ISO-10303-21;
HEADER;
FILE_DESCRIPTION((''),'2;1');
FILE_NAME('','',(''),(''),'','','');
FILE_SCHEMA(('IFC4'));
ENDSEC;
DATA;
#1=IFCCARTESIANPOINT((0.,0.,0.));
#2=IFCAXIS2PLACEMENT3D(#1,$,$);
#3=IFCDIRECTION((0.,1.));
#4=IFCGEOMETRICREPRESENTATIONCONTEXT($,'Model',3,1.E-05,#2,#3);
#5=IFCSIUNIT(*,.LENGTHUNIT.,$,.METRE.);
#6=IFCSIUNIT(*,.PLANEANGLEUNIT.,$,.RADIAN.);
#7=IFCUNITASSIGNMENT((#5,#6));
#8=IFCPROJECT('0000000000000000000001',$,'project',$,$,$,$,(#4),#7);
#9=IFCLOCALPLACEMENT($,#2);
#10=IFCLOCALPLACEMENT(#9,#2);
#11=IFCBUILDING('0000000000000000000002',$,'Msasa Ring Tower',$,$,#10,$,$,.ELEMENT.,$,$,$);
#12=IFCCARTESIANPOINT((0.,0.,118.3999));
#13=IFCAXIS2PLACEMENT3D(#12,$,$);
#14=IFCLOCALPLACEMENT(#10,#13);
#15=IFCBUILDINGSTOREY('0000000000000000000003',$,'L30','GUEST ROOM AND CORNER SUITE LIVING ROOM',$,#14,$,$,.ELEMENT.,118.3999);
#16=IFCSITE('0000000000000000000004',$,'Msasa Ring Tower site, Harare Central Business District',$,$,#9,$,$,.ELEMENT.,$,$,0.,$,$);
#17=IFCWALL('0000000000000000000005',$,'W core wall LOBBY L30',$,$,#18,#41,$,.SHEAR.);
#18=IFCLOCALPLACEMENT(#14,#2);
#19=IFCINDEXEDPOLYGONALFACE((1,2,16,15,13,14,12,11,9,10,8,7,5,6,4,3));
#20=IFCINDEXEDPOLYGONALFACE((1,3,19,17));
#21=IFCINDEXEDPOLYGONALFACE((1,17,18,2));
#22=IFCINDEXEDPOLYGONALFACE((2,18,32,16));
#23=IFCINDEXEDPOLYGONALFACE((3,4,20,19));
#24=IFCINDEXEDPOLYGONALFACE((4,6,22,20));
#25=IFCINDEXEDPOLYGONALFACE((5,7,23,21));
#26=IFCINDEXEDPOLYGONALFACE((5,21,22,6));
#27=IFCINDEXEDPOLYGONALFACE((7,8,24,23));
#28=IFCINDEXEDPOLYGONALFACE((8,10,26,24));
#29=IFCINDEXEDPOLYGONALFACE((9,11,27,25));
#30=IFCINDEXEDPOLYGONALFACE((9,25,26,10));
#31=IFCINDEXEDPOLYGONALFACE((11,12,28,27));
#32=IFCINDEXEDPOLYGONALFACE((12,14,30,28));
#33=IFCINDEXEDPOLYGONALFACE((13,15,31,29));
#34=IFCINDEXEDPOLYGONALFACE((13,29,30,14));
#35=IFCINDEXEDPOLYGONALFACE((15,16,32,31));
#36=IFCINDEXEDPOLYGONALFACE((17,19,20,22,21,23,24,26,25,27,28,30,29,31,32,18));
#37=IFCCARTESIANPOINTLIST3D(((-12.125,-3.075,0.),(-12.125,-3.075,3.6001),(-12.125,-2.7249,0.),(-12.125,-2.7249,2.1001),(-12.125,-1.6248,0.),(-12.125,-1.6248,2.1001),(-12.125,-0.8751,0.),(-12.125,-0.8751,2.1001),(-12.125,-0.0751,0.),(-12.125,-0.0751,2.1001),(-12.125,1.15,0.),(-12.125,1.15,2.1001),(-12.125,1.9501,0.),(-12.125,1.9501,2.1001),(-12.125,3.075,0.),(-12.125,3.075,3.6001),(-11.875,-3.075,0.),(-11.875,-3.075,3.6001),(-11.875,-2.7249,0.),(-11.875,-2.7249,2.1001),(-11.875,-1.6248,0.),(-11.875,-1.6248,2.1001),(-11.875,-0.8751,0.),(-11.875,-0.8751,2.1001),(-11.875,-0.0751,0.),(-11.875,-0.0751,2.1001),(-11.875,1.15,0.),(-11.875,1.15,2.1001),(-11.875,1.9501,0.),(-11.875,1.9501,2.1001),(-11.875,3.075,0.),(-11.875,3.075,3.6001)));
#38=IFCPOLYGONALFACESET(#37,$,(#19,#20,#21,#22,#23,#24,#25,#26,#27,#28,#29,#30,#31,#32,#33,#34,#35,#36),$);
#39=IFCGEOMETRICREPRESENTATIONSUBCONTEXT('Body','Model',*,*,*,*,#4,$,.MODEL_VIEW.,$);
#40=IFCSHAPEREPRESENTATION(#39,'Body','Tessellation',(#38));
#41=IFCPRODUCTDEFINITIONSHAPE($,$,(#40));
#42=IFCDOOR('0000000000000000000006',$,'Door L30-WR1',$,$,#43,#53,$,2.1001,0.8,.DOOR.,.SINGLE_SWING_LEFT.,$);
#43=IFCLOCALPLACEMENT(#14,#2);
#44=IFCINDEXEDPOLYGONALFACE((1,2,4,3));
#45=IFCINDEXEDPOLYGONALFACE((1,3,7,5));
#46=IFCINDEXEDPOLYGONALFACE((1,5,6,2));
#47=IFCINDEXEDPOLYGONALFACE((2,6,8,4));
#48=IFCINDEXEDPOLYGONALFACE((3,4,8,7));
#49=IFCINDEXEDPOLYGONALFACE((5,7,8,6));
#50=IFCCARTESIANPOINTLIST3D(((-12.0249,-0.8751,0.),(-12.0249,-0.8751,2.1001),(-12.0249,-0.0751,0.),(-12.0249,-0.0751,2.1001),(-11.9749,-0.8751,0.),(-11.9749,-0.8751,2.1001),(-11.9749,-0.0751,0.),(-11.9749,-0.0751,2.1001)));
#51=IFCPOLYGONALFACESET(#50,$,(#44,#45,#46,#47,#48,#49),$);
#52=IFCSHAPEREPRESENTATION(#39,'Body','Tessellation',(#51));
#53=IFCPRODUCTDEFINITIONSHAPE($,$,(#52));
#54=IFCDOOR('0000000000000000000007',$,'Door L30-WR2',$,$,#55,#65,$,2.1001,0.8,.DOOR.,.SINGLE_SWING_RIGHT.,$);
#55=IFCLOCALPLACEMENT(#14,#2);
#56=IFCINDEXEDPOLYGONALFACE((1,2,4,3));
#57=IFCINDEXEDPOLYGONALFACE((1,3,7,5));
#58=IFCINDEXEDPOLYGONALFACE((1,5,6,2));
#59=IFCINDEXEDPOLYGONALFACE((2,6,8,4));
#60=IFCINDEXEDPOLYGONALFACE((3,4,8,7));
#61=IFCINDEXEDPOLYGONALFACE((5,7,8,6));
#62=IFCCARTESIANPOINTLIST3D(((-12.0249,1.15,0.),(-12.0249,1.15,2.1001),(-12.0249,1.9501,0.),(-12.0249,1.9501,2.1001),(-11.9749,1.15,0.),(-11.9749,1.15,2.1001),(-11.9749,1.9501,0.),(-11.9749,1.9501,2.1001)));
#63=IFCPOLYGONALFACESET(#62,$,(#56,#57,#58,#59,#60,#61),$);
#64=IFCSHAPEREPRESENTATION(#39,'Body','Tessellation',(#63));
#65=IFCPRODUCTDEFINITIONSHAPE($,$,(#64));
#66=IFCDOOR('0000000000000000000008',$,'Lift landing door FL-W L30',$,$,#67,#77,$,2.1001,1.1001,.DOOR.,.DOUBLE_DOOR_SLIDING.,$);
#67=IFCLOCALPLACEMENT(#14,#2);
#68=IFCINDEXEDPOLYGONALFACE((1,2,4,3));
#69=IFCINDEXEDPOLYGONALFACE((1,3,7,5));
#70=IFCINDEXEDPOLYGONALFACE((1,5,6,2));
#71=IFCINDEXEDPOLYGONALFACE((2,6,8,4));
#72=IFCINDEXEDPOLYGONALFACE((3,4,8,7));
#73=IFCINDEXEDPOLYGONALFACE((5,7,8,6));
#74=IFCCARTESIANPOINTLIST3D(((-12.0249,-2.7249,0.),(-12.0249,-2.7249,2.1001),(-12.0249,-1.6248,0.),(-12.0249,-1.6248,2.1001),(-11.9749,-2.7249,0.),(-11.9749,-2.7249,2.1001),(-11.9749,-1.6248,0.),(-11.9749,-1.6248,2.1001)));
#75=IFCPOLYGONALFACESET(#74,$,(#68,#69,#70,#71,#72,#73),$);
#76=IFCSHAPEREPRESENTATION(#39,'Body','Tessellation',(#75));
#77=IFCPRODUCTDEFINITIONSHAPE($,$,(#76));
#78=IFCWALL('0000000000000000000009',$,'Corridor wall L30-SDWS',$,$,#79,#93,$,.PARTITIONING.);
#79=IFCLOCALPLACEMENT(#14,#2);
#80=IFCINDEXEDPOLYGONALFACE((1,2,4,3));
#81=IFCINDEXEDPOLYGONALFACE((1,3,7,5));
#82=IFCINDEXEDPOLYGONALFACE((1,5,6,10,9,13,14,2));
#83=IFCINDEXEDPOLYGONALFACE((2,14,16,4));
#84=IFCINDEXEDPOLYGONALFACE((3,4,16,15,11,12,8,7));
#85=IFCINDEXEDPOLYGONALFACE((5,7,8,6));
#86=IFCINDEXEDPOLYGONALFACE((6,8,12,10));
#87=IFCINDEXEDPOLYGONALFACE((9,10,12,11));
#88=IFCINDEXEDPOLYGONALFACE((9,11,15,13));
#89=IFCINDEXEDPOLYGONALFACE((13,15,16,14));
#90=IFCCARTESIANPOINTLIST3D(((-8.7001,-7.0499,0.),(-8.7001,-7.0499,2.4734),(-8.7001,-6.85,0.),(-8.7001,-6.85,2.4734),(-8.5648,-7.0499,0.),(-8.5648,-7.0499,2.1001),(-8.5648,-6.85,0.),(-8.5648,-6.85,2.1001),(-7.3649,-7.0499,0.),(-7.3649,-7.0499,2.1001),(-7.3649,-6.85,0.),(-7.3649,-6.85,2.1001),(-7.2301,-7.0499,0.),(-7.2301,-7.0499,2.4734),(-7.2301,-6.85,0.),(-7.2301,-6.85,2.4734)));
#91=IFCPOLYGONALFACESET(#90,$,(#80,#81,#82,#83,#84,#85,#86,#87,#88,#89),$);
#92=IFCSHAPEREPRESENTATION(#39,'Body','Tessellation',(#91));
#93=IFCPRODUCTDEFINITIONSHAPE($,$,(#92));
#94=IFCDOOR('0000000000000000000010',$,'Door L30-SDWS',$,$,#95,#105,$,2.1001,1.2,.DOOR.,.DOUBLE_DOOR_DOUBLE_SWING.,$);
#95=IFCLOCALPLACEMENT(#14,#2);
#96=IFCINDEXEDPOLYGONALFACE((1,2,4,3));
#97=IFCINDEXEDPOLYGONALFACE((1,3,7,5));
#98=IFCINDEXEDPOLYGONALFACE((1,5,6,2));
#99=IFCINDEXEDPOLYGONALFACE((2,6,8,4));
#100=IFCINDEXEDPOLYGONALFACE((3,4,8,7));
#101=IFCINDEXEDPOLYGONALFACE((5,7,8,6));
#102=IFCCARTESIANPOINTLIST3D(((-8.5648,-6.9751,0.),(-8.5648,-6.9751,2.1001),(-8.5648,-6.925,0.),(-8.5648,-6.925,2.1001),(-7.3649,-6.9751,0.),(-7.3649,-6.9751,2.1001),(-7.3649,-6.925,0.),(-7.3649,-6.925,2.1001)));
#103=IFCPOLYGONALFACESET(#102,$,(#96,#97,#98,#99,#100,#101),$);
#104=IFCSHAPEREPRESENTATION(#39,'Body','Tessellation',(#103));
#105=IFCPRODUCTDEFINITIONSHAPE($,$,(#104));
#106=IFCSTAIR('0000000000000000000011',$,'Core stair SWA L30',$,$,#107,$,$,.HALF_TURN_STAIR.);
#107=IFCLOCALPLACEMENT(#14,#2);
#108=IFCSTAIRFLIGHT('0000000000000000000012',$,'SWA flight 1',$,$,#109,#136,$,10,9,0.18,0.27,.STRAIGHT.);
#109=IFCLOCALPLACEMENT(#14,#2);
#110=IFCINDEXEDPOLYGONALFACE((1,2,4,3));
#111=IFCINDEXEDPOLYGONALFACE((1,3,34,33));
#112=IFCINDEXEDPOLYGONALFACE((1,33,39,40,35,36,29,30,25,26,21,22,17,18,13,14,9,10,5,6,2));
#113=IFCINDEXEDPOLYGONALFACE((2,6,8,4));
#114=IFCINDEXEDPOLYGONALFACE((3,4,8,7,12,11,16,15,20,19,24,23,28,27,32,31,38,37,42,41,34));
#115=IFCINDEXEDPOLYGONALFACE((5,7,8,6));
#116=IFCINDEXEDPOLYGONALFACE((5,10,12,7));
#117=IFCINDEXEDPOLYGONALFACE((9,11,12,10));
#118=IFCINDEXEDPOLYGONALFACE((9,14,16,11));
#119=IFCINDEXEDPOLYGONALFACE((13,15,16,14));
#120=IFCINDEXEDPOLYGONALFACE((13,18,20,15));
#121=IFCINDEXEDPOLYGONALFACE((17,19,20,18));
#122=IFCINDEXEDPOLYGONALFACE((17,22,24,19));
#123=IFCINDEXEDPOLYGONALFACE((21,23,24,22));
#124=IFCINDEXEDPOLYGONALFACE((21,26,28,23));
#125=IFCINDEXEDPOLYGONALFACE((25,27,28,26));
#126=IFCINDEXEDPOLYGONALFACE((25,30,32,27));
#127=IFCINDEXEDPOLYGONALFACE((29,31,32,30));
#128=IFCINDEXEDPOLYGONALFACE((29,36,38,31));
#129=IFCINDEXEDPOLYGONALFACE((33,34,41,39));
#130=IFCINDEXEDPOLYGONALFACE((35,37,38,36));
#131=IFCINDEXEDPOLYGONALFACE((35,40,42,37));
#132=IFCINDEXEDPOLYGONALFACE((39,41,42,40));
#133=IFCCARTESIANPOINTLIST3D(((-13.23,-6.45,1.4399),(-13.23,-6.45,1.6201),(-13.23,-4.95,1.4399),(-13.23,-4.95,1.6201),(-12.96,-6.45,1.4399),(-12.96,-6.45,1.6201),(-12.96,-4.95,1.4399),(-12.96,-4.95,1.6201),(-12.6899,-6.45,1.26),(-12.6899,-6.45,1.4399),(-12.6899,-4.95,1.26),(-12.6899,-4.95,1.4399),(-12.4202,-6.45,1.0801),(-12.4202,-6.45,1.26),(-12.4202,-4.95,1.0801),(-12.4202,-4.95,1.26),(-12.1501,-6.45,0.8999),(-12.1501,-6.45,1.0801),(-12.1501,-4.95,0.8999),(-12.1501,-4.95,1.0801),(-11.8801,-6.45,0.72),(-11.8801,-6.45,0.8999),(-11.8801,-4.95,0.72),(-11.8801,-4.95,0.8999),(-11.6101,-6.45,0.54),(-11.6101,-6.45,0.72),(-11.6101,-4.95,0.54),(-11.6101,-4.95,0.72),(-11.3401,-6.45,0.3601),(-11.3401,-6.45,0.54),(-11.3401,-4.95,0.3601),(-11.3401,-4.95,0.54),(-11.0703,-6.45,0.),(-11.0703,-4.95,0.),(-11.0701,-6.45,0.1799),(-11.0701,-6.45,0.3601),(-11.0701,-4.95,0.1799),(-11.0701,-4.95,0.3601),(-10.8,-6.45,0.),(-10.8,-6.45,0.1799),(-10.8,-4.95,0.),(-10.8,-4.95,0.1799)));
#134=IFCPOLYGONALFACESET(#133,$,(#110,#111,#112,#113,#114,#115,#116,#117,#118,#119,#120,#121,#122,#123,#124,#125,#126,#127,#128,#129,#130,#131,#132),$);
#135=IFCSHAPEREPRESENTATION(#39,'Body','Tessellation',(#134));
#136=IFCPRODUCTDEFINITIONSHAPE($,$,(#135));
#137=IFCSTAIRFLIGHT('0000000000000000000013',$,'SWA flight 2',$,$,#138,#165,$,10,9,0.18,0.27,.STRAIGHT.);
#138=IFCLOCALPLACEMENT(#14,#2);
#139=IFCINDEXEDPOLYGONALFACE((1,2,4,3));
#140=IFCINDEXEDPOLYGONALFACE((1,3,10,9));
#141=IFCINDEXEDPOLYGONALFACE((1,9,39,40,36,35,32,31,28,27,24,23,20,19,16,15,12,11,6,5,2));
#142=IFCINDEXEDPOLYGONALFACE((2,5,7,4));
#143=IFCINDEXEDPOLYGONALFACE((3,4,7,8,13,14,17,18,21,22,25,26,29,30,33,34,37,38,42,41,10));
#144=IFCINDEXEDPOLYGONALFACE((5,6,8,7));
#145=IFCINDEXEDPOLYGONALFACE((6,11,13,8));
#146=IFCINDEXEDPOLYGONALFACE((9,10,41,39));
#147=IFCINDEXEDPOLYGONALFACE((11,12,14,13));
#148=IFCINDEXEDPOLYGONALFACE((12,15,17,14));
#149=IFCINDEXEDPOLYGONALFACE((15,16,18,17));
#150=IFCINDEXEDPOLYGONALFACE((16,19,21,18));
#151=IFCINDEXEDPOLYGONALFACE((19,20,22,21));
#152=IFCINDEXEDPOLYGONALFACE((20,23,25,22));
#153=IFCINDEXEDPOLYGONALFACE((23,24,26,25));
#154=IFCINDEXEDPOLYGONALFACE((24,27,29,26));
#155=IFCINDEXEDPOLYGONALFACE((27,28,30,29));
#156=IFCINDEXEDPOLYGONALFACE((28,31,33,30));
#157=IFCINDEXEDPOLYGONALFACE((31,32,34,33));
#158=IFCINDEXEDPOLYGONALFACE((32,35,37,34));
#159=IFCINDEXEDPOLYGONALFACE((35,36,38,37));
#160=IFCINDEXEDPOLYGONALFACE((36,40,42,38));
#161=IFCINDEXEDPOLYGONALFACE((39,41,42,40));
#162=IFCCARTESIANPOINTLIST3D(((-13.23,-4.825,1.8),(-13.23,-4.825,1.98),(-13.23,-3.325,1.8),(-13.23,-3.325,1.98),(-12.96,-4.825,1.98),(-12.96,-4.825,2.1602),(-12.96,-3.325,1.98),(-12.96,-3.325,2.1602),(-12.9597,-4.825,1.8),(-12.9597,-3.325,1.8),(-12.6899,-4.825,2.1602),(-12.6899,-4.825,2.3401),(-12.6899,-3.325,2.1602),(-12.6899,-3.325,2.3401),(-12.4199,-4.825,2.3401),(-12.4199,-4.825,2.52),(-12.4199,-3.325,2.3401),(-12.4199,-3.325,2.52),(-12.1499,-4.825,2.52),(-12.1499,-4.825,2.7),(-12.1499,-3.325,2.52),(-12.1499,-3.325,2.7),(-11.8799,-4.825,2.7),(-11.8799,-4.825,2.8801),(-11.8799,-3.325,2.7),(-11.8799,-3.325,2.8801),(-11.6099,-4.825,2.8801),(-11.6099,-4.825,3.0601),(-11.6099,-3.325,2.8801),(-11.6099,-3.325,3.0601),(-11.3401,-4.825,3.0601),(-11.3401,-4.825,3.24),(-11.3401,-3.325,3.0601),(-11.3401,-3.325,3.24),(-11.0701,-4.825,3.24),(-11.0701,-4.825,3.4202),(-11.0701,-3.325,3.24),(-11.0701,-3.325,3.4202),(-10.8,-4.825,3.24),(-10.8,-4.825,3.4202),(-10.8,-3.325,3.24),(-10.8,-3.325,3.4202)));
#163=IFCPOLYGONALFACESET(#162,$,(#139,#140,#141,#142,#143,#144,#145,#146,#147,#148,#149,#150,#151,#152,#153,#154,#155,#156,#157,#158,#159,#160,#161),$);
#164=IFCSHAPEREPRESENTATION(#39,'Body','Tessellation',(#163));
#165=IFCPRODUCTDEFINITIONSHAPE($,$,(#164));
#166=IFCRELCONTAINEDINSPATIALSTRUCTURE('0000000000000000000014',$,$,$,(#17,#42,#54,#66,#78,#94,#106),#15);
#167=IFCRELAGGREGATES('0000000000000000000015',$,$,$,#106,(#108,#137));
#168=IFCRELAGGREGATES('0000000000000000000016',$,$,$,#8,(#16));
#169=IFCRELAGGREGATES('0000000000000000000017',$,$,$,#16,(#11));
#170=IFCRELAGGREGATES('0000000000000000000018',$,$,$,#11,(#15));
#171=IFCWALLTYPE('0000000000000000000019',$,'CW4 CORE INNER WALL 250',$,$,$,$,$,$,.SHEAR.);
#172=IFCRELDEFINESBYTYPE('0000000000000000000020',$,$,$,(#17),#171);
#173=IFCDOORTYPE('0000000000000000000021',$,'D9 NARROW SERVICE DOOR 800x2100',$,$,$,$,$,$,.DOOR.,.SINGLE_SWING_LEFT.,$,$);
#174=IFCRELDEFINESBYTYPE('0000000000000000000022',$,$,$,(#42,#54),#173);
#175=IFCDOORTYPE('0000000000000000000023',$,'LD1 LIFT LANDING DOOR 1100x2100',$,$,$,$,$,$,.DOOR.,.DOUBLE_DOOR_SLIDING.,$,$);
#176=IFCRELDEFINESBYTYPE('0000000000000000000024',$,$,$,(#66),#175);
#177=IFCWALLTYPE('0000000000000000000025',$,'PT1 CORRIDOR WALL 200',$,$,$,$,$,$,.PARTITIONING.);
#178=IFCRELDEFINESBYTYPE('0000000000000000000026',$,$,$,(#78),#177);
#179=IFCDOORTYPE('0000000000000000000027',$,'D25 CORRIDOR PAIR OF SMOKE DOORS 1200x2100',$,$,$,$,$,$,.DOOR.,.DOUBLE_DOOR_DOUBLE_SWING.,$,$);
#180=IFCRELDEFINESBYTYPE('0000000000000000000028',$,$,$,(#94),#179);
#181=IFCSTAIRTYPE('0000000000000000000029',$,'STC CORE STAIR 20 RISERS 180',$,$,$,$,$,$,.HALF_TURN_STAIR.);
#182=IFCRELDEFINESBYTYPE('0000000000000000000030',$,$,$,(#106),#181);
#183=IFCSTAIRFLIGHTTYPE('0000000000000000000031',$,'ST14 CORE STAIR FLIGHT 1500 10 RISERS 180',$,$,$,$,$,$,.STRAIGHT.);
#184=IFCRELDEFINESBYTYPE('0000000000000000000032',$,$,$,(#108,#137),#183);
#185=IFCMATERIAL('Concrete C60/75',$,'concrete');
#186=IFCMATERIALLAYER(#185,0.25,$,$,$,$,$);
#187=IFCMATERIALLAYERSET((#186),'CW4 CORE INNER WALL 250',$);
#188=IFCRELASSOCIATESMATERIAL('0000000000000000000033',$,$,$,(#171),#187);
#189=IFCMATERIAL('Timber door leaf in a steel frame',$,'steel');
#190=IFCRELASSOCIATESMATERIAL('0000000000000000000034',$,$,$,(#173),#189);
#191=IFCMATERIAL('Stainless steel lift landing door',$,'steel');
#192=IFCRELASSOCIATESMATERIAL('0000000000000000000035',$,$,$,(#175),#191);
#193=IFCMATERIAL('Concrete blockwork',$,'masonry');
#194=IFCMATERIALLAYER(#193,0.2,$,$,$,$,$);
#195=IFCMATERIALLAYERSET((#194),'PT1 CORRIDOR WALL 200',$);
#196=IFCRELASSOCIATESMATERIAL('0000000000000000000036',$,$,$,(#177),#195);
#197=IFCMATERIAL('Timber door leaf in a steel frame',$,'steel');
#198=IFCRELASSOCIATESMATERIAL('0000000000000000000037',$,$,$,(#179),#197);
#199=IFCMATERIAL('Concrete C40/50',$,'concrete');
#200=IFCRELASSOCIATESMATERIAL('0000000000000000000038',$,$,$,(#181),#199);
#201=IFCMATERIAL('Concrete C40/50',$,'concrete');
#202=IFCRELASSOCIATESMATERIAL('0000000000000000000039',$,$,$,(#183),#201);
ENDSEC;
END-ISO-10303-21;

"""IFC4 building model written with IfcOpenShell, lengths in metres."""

from ifc_helpers import new_model, si_unit, direction, frame, frame_2d, origin, place, context, subcontext, project, spatial, polyline, rectangle, outline, extrude, material, layer, layer_set, type_object, element, fill, aggregate, save


model = new_model("IFC4")

# Units and contexts
model_context = context("Model", 3, precision=1e-05, world=origin(), true_north=direction((0.0, 1.0)))
body_context = subcontext(model_context, "Body", "Model", "MODEL_VIEW")
ifc_project = project(units=[si_unit("LENGTHUNIT", "METRE"), si_unit("PLANEANGLEUNIT", "RADIAN")], contexts=[model_context])

# Site, building, storey
site_placement = place(None, origin())
site = spatial("IfcSite", under=ifc_project, at=site_placement, Name="Msasa Ring Tower site, Harare Central Business District", CompositionType="ELEMENT", RefElevation=0.0)
building_placement = place(site_placement, origin())
building = spatial("IfcBuilding", under=site, at=building_placement, Name="Msasa Ring Tower", CompositionType="ELEMENT")
storey_placement = place(building_placement, frame((0.0, 0.0, 118.3999)))
storey = spatial("IfcBuildingStorey", under=building, at=storey_placement, Name="L30", Description="GUEST ROOM AND CORNER SUITE LIVING ROOM", CompositionType="ELEMENT", Elevation=118.3999)

# Shared definitions
ifc_material_1 = material(Name="Concrete C60/75", Category="concrete")
ifc_layer_1 = layer(ifc_material_1, 0.25)
ifc_layer_set_1 = layer_set([ifc_layer_1], Name="CW4 CORE INNER WALL 250")
wall_type_1 = type_object("IfcWallType", Name="CW4 CORE INNER WALL 250", PredefinedType="SHEAR", material=ifc_layer_set_1)

# Wall, openings, doors
wall_1_placement = place(storey_placement, frame((-12.0, -3.075, 0.0), z_axis=(0.0, 0.0, 1.0), x_axis=(0.0, 1.0, 0.0)))
wall_1 = element("IfcWall", 1, at=wall_1_placement, inside=storey, type_object=wall_type_1, Name="W core wall LOBBY L30", PredefinedType="SHEAR", context=body_context, shape_type="SweptSolid", body=[
    extrude(rectangle(XDim=6.1499, YDim=0.25, at=frame_2d((3.075, 0.0))), origin(), (0.0, 0.0, 1.0), 3.6001),
])
opening_1_placement = place(wall_1_placement, frame((2.2, 0.0, 0.0)))
opening_1 = element("IfcOpeningElement", 2, at=opening_1_placement, cuts=wall_1, PredefinedType="OPENING", context=body_context, shape_type="SweptSolid", body=[
    extrude(rectangle(XDim=0.8, YDim=2.1001, at=frame_2d((0.3999, 1.05))), frame((0.0, 0.135, 0.0), z_axis=(0.0, -1.0, 0.0), x_axis=(1.0, 0.0, 0.0)), (0.0, 0.0, 1.0), 0.27),
])
opening_2_placement = place(wall_1_placement, frame((4.2251, 0.0, 0.0)))
opening_2 = element("IfcOpeningElement", 3, at=opening_2_placement, cuts=wall_1, PredefinedType="OPENING", context=body_context, shape_type="SweptSolid", body=[
    extrude(rectangle(XDim=0.8, YDim=2.1001, at=frame_2d((0.3999, 1.05))), frame((0.0, 0.135, 0.0), z_axis=(0.0, -1.0, 0.0), x_axis=(1.0, 0.0, 0.0)), (0.0, 0.0, 1.0), 0.27),
])
opening_3_placement = place(wall_1_placement, frame((0.3501, 0.0, 0.0)))
opening_3 = element("IfcOpeningElement", 4, at=opening_3_placement, cuts=wall_1, PredefinedType="OPENING", context=body_context, shape_type="SweptSolid", body=[
    extrude(rectangle(XDim=1.1001, YDim=2.1001, at=frame_2d((0.55, 1.05))), frame((0.0, 0.135, 0.0), z_axis=(0.0, -1.0, 0.0), x_axis=(1.0, 0.0, 0.0)), (0.0, 0.0, 1.0), 0.27),
])
ifc_material_2 = material(Name="Timber door leaf in a steel frame", Category="steel")
door_type_1 = type_object("IfcDoorType", Name="D9 NARROW SERVICE DOOR 800x2100", OperationType="SINGLE_SWING_LEFT", PredefinedType="DOOR", material=ifc_material_2)
door_1_placement = place(opening_1_placement, origin())
door_1 = element("IfcDoor", 5, at=door_1_placement, inside=storey, type_object=door_type_1, Name="Door L30-WR1", OperationType="SINGLE_SWING_LEFT", OverallHeight=2.1001, OverallWidth=0.8, PredefinedType="DOOR", context=body_context, shape_type="SweptSolid", body=[
    extrude(rectangle(XDim=0.8, YDim=2.1001, at=frame_2d((0.3999, 1.05))), frame((0.0, 0.0249, 0.0), z_axis=(0.0, -1.0, 0.0), x_axis=(1.0, 0.0, 0.0)), (0.0, 0.0, 1.0), 0.05),
])
fill(opening_1, door_1)
door_2_placement = place(opening_2_placement, origin())
door_2 = element("IfcDoor", 6, at=door_2_placement, inside=storey, type_object=door_type_1, Name="Door L30-WR2", OperationType="SINGLE_SWING_RIGHT", OverallHeight=2.1001, OverallWidth=0.8, PredefinedType="DOOR", context=body_context, shape_type="SweptSolid", body=[
    extrude(rectangle(XDim=0.8, YDim=2.1001, at=frame_2d((0.3999, 1.05))), frame((0.0, 0.0249, 0.0), z_axis=(0.0, -1.0, 0.0), x_axis=(1.0, 0.0, 0.0)), (0.0, 0.0, 1.0), 0.05),
])
fill(opening_2, door_2)
ifc_material_3 = material(Name="Stainless steel lift landing door", Category="steel")
door_type_2 = type_object("IfcDoorType", Name="LD1 LIFT LANDING DOOR 1100x2100", OperationType="DOUBLE_DOOR_SLIDING", PredefinedType="DOOR", material=ifc_material_3)
door_3_placement = place(opening_3_placement, origin())
door_3 = element("IfcDoor", 7, at=door_3_placement, inside=storey, type_object=door_type_2, Name="Lift landing door FL-W L30", OperationType="DOUBLE_DOOR_SLIDING", OverallHeight=2.1001, OverallWidth=1.1001, PredefinedType="DOOR", context=body_context, shape_type="SweptSolid", body=[
    extrude(rectangle(XDim=1.1001, YDim=2.1001, at=frame_2d((0.55, 1.05))), frame((0.0, 0.0249, 0.0), z_axis=(0.0, -1.0, 0.0), x_axis=(1.0, 0.0, 0.0)), (0.0, 0.0, 1.0), 0.05),
])
fill(opening_3, door_3)

# Wall, opening, door
ifc_material_4 = material(Name="Concrete blockwork", Category="masonry")
ifc_layer_2 = layer(ifc_material_4, 0.2)
ifc_layer_set_2 = layer_set([ifc_layer_2], Name="PT1 CORRIDOR WALL 200")
wall_type_2 = type_object("IfcWallType", Name="PT1 CORRIDOR WALL 200", PredefinedType="PARTITIONING", material=ifc_layer_set_2)
wall_2_placement = place(storey_placement, frame((-8.7, -6.95, 0.0), z_axis=(0.0, 0.0, 1.0), x_axis=(1.0, 0.0, 0.0)))
wall_2 = element("IfcWall", 8, at=wall_2_placement, inside=storey, type_object=wall_type_2, Name="Corridor wall L30-SDWS", PredefinedType="PARTITIONING", context=body_context, shape_type="SweptSolid", body=[
    extrude(rectangle(XDim=1.47, YDim=0.2, at=frame_2d((0.7349, 0.0))), origin(), (0.0, 0.0, 1.0), 2.4734),
])
opening_4_placement = place(wall_2_placement, frame((0.135, 0.0, 0.0)))
opening_4 = element("IfcOpeningElement", 9, at=opening_4_placement, cuts=wall_2, PredefinedType="OPENING", context=body_context, shape_type="SweptSolid", body=[
    extrude(rectangle(XDim=1.2, YDim=2.1001, at=frame_2d((0.6001, 1.05))), frame((0.0, 0.1099, 0.0), z_axis=(0.0, -1.0, 0.0), x_axis=(1.0, 0.0, 0.0)), (0.0, 0.0, 1.0), 0.22),
])
ifc_material_5 = material(Name="Timber door leaf in a steel frame", Category="steel")
door_type_3 = type_object("IfcDoorType", Name="D25 CORRIDOR PAIR OF SMOKE DOORS 1200x2100", OperationType="DOUBLE_DOOR_DOUBLE_SWING", PredefinedType="DOOR", material=ifc_material_5)
door_4_placement = place(opening_4_placement, origin())
door_4 = element("IfcDoor", 10, at=door_4_placement, inside=storey, type_object=door_type_3, Name="Door L30-SDWS", OperationType="DOUBLE_DOOR_DOUBLE_SWING", OverallHeight=2.1001, OverallWidth=1.2, PredefinedType="DOOR", context=body_context, shape_type="SweptSolid", body=[
    extrude(rectangle(XDim=1.2, YDim=2.1001, at=frame_2d((0.6001, 1.05))), frame((0.0, 0.0249, 0.0), z_axis=(0.0, -1.0, 0.0), x_axis=(1.0, 0.0, 0.0)), (0.0, 0.0, 1.0), 0.05),
])
fill(opening_4, door_4)

# Stair, stair flights
ifc_material_6 = material(Name="Concrete C40/50", Category="concrete")
stair_type = type_object("IfcStairType", Name="STC CORE STAIR 20 RISERS 180", PredefinedType="HALF_TURN_STAIR", material=ifc_material_6)
stair_placement = place(storey_placement, origin())
stair = element("IfcStair", 11, at=stair_placement, inside=storey, type_object=stair_type, Name="Core stair SWA L30", PredefinedType="HALF_TURN_STAIR")
ifc_material_7 = material(Name="Concrete C40/50", Category="concrete")
stair_flight_type = type_object("IfcStairFlightType", Name="ST14 CORE STAIR FLIGHT 1500 10 RISERS 180", PredefinedType="STRAIGHT", material=ifc_material_7)
stair_flight_1_placement = place(storey_placement, frame((-10.8, -5.7, 0.0), z_axis=(0.0, 0.0, 1.0), x_axis=(-1.0, 0.0, 0.0)))
stair_flight_1 = element("IfcStairFlight", 12, at=stair_flight_1_placement, type_object=stair_flight_type, Name="SWA flight 1", NumberOfRisers=10, NumberOfTreads=9, PredefinedType="STRAIGHT", RiserHeight=0.18, TreadLength=0.27, context=body_context, shape_type="SweptSolid", body=[
    extrude(outline(polyline([(0.0, 0.0), (0.0, 0.1799), (0.27, 0.1799), (0.27, 0.3601), (0.54, 0.3601), (0.54, 0.54), (0.8101, 0.54), (0.8101, 0.72), (1.0801, 0.72), (1.0801, 0.8999), (1.3501, 0.8999), (1.3501, 1.0801), (1.6201, 1.0801), (1.6201, 1.26), (1.8899, 1.26), (1.8899, 1.4399), (2.1599, 1.4399), (2.1599, 1.6201), (2.4299, 1.6201), (2.4299, 1.8), (2.4299, 1.4399), (0.2703, 0.0), (0.0, 0.0)])), frame((0.0, 0.75, 0.0), z_axis=(0.0, -1.0, 0.0), x_axis=(1.0, 0.0, 0.0)), (0.0, 0.0, 1.0), 1.5),
])
stair_flight_2_placement = place(storey_placement, frame((-13.23, -4.075, 1.8), z_axis=(0.0, 0.0, 1.0), x_axis=(1.0, 0.0, 0.0)))
stair_flight_2 = element("IfcStairFlight", 13, at=stair_flight_2_placement, type_object=stair_flight_type, Name="SWA flight 2", NumberOfRisers=10, NumberOfTreads=9, PredefinedType="STRAIGHT", RiserHeight=0.18, TreadLength=0.27, context=body_context, shape_type="SweptSolid", body=[
    extrude(outline(polyline([(0.0, 0.0), (0.0, 0.1799), (0.27, 0.1799), (0.27, 0.3601), (0.54, 0.3601), (0.54, 0.54), (0.8101, 0.54), (0.8101, 0.72), (1.0801, 0.72), (1.0801, 0.8999), (1.3501, 0.8999), (1.3501, 1.0801), (1.6201, 1.0801), (1.6201, 1.26), (1.8899, 1.26), (1.8899, 1.4399), (2.1599, 1.4399), (2.1599, 1.6201), (2.4299, 1.6201), (2.4299, 1.8), (2.4299, 1.4399), (0.2703, 0.0), (0.0, 0.0)])), frame((0.0, 0.75, 0.0), z_axis=(0.0, -1.0, 0.0), x_axis=(1.0, 0.0, 0.0)), (0.0, 0.0, 1.0), 1.5),
])
aggregate(stair, [stair_flight_1, stair_flight_2])

save(model, "model.ifc")
